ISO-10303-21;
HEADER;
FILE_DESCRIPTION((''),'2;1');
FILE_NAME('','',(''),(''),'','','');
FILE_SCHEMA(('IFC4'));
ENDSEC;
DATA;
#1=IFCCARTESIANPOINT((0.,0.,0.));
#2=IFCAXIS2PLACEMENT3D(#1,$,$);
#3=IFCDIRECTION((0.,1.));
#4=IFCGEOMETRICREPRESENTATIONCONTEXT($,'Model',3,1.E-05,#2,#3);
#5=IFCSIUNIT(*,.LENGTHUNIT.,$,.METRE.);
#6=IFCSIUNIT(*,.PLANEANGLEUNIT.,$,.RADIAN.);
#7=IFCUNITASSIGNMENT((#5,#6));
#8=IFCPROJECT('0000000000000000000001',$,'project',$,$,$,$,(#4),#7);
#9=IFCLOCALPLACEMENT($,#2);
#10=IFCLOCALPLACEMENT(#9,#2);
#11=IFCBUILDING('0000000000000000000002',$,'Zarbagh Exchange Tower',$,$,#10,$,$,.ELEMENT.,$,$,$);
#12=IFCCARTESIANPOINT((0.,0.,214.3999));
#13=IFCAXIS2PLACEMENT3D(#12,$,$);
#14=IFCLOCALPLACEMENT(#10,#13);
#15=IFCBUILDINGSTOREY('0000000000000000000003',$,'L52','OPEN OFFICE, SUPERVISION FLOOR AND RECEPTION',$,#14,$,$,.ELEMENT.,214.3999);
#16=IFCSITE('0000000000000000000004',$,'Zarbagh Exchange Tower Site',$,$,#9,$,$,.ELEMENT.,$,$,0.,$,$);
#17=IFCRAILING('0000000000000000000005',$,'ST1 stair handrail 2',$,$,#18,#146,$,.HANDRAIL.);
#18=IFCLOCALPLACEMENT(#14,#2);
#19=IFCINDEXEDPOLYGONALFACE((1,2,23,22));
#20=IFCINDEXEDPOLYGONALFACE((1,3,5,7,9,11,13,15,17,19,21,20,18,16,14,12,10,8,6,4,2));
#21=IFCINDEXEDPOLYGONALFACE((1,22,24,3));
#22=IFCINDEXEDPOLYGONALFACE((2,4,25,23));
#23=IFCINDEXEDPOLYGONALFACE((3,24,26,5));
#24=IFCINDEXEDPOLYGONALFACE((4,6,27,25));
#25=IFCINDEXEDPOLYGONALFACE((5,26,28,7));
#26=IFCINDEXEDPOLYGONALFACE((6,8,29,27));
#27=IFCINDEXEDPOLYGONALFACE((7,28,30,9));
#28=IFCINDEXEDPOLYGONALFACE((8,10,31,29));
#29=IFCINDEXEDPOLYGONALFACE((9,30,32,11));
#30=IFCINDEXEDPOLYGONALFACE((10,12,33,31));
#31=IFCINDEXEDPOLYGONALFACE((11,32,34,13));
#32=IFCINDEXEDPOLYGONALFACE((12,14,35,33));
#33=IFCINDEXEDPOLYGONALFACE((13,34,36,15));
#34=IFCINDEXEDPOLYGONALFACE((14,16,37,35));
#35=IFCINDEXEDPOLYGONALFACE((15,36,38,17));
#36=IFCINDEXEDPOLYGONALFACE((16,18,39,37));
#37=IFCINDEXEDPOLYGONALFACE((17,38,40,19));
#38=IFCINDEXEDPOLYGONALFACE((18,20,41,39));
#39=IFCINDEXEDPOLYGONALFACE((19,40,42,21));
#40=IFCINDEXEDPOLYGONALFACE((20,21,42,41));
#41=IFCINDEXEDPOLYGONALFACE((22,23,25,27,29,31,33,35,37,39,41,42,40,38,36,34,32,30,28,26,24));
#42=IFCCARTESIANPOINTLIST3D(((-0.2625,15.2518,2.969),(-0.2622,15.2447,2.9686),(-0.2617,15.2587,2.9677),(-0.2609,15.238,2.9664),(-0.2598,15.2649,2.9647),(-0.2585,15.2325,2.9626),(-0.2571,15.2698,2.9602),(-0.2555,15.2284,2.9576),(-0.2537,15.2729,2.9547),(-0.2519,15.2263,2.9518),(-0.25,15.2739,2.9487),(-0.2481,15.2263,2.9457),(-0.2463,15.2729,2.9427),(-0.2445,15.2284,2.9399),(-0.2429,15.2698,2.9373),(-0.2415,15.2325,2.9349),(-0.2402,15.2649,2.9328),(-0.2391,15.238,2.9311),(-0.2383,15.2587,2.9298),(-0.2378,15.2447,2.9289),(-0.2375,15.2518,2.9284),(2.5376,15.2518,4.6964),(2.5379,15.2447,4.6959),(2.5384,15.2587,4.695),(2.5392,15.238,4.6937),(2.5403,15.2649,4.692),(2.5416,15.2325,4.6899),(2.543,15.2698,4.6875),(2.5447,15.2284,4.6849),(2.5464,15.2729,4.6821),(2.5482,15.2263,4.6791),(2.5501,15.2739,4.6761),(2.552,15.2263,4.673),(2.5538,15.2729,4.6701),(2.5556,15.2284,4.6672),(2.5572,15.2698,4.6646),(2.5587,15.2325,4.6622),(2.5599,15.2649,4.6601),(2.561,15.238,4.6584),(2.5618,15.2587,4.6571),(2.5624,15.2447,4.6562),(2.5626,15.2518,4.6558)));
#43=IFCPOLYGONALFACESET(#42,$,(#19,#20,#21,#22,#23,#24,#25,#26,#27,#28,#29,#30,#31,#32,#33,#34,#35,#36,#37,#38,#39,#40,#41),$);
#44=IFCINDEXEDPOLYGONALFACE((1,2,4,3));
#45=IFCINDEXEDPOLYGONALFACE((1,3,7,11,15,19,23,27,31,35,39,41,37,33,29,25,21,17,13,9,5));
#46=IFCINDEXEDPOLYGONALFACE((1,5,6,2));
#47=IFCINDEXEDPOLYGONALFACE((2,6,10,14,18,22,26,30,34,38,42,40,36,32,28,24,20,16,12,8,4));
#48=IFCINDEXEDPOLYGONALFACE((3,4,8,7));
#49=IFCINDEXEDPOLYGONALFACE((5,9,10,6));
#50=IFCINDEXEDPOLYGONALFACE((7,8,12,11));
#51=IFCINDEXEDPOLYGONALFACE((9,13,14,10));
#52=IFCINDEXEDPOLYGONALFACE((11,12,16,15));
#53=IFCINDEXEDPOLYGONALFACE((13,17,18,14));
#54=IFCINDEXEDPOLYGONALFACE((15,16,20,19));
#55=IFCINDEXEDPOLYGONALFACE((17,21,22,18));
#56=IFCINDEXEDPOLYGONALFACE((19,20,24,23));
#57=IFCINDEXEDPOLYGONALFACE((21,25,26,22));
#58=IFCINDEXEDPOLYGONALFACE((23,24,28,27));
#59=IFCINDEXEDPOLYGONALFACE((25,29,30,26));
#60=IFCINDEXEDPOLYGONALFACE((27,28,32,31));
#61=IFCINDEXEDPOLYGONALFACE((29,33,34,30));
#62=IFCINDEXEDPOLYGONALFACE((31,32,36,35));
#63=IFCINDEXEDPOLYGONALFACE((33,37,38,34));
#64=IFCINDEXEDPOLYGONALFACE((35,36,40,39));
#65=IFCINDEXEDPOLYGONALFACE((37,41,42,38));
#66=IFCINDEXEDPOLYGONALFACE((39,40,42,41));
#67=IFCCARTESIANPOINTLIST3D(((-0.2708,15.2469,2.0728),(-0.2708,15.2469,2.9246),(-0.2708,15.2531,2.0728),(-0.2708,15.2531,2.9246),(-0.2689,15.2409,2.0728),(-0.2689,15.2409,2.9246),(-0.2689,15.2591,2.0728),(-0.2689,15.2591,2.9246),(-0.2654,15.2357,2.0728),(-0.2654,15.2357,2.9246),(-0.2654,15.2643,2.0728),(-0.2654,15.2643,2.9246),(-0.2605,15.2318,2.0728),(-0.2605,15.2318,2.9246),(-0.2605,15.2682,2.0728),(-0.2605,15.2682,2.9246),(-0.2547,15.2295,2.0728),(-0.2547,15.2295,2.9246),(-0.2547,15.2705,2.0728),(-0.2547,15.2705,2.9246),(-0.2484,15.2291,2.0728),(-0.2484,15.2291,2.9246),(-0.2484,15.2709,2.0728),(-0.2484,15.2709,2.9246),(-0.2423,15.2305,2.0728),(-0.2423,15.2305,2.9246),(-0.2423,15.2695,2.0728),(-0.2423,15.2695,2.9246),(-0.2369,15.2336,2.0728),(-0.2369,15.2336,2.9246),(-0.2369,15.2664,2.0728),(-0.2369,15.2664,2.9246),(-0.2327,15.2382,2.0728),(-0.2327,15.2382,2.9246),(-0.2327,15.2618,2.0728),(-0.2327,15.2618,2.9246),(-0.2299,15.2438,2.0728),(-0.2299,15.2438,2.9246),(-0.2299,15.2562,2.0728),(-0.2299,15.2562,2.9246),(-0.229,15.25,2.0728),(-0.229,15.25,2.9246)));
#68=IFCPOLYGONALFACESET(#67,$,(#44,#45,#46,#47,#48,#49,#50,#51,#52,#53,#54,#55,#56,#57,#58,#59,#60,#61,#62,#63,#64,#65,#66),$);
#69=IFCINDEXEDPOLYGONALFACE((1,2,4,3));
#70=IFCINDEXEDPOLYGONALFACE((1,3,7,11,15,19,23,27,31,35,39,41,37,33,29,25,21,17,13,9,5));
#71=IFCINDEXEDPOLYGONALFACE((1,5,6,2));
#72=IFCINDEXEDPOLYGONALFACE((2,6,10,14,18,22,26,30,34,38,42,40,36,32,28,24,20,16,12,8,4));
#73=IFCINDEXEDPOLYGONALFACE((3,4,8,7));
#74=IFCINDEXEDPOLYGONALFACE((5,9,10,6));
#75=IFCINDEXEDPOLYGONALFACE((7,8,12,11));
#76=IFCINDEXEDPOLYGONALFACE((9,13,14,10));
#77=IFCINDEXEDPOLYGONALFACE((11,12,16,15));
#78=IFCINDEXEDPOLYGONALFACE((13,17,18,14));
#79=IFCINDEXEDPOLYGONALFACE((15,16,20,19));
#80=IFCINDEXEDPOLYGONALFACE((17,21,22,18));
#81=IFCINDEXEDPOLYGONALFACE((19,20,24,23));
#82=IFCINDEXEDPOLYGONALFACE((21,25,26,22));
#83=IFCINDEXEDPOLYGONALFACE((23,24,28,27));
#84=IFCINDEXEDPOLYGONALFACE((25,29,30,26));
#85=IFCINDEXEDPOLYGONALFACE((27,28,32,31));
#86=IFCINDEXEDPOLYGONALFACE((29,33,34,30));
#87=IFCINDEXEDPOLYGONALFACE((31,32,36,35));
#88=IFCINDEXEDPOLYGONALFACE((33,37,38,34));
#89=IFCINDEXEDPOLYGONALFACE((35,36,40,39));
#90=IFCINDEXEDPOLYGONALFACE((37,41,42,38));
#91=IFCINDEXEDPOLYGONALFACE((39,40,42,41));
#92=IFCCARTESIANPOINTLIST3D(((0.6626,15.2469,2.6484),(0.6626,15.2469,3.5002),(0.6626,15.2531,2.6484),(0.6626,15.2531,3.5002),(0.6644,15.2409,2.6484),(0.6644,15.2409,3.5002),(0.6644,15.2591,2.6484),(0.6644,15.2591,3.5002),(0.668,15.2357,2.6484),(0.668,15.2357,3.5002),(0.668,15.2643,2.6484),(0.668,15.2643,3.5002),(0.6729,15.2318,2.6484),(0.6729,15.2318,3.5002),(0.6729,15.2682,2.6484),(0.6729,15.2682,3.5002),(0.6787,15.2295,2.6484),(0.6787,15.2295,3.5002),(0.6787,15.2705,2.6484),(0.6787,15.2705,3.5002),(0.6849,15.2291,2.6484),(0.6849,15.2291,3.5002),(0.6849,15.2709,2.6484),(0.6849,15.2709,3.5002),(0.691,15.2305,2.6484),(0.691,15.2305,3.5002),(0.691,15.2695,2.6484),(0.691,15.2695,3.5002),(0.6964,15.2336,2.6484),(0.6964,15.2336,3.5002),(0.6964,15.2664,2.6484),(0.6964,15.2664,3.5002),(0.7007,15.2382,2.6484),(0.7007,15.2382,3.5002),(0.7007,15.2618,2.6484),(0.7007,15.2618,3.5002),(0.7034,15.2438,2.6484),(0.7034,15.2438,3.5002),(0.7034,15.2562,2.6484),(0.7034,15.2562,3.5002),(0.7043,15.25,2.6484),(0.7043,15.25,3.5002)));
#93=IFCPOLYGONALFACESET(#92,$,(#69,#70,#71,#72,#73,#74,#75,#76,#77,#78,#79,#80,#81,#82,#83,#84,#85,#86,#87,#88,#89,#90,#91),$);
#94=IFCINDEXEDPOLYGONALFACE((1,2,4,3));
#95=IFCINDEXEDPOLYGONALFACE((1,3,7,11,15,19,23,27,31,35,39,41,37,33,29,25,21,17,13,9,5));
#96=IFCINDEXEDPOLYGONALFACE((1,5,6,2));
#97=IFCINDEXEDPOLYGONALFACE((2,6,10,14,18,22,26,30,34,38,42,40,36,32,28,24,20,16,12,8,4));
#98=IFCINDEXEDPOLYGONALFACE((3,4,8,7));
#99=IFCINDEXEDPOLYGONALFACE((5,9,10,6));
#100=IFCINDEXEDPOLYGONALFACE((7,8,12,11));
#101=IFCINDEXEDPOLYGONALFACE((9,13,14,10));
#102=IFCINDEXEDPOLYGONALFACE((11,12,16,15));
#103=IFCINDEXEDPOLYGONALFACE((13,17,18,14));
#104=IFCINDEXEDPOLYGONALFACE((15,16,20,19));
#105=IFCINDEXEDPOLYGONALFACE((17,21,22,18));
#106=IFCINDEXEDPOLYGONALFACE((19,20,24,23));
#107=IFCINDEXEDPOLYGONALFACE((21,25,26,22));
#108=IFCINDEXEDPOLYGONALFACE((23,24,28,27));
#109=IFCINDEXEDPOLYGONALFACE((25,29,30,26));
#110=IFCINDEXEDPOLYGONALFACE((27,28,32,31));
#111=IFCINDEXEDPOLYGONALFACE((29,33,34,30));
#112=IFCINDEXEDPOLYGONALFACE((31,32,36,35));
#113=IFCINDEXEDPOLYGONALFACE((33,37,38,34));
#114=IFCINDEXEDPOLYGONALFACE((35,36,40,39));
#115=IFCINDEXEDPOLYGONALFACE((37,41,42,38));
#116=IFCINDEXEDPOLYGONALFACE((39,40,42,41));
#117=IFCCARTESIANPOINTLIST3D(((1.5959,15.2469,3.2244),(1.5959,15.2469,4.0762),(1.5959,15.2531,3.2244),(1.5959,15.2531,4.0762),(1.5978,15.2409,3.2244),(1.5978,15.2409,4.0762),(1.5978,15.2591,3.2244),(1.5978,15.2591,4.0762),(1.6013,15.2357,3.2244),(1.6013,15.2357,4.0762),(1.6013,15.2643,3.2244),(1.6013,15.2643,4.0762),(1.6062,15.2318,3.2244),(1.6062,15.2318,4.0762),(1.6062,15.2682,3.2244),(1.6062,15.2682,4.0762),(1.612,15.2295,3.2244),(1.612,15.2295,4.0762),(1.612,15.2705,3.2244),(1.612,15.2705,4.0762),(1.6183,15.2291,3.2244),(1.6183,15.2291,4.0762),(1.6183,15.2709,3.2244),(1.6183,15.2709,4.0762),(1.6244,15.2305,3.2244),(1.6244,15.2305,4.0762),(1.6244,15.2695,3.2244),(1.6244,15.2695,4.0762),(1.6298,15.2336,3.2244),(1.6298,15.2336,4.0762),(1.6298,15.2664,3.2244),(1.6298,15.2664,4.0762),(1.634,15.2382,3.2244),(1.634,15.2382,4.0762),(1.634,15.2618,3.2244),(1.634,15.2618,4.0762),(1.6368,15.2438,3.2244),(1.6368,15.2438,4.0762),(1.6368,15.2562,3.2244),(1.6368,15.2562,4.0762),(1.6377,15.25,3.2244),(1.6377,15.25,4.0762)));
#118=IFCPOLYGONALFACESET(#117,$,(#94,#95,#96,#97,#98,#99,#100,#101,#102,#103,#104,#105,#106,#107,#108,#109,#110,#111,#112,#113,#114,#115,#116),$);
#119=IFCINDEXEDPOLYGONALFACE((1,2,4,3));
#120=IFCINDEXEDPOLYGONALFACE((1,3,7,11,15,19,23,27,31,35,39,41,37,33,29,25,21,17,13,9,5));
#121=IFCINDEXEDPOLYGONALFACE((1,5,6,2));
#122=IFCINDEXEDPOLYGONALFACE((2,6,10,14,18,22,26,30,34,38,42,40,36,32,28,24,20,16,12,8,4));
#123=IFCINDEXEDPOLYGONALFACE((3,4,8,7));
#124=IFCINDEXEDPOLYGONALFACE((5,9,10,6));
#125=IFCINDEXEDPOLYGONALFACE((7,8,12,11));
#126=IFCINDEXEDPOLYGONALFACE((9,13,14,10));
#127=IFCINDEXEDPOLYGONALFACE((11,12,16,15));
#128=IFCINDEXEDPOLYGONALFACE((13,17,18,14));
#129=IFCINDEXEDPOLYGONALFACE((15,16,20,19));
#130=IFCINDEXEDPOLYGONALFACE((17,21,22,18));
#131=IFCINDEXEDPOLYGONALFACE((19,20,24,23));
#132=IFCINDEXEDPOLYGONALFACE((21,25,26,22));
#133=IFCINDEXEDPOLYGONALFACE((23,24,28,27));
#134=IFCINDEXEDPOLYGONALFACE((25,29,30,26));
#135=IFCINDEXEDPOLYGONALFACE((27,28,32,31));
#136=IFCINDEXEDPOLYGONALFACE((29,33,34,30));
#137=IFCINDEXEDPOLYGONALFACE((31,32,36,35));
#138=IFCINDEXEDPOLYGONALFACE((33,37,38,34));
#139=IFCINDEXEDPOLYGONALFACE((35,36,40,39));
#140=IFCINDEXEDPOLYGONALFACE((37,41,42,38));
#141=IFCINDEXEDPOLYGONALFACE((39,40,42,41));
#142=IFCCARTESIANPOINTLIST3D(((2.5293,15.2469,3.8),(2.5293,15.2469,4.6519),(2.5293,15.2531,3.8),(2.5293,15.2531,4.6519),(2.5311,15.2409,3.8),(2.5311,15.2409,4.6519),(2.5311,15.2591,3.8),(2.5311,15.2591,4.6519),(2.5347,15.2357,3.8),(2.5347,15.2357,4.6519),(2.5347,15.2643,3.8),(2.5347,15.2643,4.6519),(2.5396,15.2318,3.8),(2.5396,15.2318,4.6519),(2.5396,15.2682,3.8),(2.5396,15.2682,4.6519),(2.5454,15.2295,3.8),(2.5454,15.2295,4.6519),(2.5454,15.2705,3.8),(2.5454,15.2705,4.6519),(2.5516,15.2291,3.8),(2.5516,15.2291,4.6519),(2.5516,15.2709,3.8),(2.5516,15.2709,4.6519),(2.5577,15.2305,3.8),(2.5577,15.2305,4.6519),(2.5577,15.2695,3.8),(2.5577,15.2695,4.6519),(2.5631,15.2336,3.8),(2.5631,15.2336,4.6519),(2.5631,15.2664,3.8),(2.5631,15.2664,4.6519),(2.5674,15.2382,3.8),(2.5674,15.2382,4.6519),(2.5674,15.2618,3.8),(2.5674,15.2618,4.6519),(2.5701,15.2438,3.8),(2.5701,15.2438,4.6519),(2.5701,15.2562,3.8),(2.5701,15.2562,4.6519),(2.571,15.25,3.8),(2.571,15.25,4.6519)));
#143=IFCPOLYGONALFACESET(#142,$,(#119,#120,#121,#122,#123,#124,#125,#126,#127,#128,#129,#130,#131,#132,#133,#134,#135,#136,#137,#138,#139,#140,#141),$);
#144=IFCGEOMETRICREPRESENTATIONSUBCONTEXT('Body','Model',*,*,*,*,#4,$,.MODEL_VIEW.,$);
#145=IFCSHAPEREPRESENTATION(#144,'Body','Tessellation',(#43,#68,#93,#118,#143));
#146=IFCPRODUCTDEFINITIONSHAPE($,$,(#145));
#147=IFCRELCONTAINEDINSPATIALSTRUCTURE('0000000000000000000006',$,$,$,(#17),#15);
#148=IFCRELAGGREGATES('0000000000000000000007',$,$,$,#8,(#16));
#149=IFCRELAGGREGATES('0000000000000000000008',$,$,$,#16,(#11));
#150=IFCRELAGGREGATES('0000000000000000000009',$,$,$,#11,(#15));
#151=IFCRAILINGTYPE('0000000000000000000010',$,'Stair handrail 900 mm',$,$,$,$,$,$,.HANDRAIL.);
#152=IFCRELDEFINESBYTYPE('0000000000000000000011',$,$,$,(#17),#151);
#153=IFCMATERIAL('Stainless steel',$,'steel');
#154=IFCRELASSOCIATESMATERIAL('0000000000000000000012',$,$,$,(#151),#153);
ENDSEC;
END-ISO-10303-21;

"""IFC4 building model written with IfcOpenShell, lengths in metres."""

from ifc_helpers import new_model, si_unit, direction, frame, origin, origin_2d, place, context, subcontext, project, spatial, circle, extrude, material, type_object, element, save


model = new_model("IFC4")

# Units and contexts
model_context = context("Model", 3, precision=1e-05, world=origin(), true_north=direction((0.0, 1.0)))
body_context = subcontext(model_context, "Body", "Model", "MODEL_VIEW")
ifc_project = project(units=[si_unit("LENGTHUNIT", "METRE"), si_unit("PLANEANGLEUNIT", "RADIAN")], contexts=[model_context])

# Site, building, storey
site_placement = place(None, origin())
site = spatial("IfcSite", under=ifc_project, at=site_placement, Name="Zarbagh Exchange Tower Site", CompositionType="ELEMENT", RefElevation=0.0)
building_placement = place(site_placement, origin())
building = spatial("IfcBuilding", under=site, at=building_placement, Name="Zarbagh Exchange Tower", CompositionType="ELEMENT")
storey_placement = place(building_placement, frame((0.0, 0.0, 214.3999)))
storey = spatial("IfcBuildingStorey", under=building, at=storey_placement, Name="L52", Description="OPEN OFFICE, SUPERVISION FLOOR AND RECEPTION", CompositionType="ELEMENT", Elevation=214.3999)

# Railing
ifc_material_1 = material(Name="Stainless steel", Category="steel")
railing_type = type_object("IfcRailingType", Name="Stair handrail 900 mm", PredefinedType="HANDRAIL", material=ifc_material_1)
railing_placement = place(storey_placement, frame((-0.25, 15.25, 2.0728)))
element("IfcRailing", 1, at=railing_placement, inside=storey, type_object=railing_type, Name="ST1 stair handrail 2", PredefinedType="HANDRAIL", context=body_context, shape_type="SweptSolid", body=[
    extrude(circle(Radius=0.0239, at=origin_2d()), frame((0.0, 0.0, 0.876), z_axis=(0.85109, 0.0, 0.52502), x_axis=(0.0, 1.0, 0.0)), (0.0, 0.0, 1.0), 3.29),
    extrude(circle(Radius=0.021, at=origin_2d()), origin(), (0.0, 0.0, 1.0), 0.8518),
    extrude(circle(Radius=0.021, at=origin_2d()), frame((0.9333, 0.0, 0.5757)), (0.0, 0.0, 1.0), 0.8518),
    extrude(circle(Radius=0.021, at=origin_2d()), frame((1.8667, 0.0, 1.1516)), (0.0, 0.0, 1.0), 0.8518),
    extrude(circle(Radius=0.021, at=origin_2d()), frame((2.8, 0.0, 1.7273)), (0.0, 0.0, 1.0), 0.8518),
])

save(model, "model.ifc")
